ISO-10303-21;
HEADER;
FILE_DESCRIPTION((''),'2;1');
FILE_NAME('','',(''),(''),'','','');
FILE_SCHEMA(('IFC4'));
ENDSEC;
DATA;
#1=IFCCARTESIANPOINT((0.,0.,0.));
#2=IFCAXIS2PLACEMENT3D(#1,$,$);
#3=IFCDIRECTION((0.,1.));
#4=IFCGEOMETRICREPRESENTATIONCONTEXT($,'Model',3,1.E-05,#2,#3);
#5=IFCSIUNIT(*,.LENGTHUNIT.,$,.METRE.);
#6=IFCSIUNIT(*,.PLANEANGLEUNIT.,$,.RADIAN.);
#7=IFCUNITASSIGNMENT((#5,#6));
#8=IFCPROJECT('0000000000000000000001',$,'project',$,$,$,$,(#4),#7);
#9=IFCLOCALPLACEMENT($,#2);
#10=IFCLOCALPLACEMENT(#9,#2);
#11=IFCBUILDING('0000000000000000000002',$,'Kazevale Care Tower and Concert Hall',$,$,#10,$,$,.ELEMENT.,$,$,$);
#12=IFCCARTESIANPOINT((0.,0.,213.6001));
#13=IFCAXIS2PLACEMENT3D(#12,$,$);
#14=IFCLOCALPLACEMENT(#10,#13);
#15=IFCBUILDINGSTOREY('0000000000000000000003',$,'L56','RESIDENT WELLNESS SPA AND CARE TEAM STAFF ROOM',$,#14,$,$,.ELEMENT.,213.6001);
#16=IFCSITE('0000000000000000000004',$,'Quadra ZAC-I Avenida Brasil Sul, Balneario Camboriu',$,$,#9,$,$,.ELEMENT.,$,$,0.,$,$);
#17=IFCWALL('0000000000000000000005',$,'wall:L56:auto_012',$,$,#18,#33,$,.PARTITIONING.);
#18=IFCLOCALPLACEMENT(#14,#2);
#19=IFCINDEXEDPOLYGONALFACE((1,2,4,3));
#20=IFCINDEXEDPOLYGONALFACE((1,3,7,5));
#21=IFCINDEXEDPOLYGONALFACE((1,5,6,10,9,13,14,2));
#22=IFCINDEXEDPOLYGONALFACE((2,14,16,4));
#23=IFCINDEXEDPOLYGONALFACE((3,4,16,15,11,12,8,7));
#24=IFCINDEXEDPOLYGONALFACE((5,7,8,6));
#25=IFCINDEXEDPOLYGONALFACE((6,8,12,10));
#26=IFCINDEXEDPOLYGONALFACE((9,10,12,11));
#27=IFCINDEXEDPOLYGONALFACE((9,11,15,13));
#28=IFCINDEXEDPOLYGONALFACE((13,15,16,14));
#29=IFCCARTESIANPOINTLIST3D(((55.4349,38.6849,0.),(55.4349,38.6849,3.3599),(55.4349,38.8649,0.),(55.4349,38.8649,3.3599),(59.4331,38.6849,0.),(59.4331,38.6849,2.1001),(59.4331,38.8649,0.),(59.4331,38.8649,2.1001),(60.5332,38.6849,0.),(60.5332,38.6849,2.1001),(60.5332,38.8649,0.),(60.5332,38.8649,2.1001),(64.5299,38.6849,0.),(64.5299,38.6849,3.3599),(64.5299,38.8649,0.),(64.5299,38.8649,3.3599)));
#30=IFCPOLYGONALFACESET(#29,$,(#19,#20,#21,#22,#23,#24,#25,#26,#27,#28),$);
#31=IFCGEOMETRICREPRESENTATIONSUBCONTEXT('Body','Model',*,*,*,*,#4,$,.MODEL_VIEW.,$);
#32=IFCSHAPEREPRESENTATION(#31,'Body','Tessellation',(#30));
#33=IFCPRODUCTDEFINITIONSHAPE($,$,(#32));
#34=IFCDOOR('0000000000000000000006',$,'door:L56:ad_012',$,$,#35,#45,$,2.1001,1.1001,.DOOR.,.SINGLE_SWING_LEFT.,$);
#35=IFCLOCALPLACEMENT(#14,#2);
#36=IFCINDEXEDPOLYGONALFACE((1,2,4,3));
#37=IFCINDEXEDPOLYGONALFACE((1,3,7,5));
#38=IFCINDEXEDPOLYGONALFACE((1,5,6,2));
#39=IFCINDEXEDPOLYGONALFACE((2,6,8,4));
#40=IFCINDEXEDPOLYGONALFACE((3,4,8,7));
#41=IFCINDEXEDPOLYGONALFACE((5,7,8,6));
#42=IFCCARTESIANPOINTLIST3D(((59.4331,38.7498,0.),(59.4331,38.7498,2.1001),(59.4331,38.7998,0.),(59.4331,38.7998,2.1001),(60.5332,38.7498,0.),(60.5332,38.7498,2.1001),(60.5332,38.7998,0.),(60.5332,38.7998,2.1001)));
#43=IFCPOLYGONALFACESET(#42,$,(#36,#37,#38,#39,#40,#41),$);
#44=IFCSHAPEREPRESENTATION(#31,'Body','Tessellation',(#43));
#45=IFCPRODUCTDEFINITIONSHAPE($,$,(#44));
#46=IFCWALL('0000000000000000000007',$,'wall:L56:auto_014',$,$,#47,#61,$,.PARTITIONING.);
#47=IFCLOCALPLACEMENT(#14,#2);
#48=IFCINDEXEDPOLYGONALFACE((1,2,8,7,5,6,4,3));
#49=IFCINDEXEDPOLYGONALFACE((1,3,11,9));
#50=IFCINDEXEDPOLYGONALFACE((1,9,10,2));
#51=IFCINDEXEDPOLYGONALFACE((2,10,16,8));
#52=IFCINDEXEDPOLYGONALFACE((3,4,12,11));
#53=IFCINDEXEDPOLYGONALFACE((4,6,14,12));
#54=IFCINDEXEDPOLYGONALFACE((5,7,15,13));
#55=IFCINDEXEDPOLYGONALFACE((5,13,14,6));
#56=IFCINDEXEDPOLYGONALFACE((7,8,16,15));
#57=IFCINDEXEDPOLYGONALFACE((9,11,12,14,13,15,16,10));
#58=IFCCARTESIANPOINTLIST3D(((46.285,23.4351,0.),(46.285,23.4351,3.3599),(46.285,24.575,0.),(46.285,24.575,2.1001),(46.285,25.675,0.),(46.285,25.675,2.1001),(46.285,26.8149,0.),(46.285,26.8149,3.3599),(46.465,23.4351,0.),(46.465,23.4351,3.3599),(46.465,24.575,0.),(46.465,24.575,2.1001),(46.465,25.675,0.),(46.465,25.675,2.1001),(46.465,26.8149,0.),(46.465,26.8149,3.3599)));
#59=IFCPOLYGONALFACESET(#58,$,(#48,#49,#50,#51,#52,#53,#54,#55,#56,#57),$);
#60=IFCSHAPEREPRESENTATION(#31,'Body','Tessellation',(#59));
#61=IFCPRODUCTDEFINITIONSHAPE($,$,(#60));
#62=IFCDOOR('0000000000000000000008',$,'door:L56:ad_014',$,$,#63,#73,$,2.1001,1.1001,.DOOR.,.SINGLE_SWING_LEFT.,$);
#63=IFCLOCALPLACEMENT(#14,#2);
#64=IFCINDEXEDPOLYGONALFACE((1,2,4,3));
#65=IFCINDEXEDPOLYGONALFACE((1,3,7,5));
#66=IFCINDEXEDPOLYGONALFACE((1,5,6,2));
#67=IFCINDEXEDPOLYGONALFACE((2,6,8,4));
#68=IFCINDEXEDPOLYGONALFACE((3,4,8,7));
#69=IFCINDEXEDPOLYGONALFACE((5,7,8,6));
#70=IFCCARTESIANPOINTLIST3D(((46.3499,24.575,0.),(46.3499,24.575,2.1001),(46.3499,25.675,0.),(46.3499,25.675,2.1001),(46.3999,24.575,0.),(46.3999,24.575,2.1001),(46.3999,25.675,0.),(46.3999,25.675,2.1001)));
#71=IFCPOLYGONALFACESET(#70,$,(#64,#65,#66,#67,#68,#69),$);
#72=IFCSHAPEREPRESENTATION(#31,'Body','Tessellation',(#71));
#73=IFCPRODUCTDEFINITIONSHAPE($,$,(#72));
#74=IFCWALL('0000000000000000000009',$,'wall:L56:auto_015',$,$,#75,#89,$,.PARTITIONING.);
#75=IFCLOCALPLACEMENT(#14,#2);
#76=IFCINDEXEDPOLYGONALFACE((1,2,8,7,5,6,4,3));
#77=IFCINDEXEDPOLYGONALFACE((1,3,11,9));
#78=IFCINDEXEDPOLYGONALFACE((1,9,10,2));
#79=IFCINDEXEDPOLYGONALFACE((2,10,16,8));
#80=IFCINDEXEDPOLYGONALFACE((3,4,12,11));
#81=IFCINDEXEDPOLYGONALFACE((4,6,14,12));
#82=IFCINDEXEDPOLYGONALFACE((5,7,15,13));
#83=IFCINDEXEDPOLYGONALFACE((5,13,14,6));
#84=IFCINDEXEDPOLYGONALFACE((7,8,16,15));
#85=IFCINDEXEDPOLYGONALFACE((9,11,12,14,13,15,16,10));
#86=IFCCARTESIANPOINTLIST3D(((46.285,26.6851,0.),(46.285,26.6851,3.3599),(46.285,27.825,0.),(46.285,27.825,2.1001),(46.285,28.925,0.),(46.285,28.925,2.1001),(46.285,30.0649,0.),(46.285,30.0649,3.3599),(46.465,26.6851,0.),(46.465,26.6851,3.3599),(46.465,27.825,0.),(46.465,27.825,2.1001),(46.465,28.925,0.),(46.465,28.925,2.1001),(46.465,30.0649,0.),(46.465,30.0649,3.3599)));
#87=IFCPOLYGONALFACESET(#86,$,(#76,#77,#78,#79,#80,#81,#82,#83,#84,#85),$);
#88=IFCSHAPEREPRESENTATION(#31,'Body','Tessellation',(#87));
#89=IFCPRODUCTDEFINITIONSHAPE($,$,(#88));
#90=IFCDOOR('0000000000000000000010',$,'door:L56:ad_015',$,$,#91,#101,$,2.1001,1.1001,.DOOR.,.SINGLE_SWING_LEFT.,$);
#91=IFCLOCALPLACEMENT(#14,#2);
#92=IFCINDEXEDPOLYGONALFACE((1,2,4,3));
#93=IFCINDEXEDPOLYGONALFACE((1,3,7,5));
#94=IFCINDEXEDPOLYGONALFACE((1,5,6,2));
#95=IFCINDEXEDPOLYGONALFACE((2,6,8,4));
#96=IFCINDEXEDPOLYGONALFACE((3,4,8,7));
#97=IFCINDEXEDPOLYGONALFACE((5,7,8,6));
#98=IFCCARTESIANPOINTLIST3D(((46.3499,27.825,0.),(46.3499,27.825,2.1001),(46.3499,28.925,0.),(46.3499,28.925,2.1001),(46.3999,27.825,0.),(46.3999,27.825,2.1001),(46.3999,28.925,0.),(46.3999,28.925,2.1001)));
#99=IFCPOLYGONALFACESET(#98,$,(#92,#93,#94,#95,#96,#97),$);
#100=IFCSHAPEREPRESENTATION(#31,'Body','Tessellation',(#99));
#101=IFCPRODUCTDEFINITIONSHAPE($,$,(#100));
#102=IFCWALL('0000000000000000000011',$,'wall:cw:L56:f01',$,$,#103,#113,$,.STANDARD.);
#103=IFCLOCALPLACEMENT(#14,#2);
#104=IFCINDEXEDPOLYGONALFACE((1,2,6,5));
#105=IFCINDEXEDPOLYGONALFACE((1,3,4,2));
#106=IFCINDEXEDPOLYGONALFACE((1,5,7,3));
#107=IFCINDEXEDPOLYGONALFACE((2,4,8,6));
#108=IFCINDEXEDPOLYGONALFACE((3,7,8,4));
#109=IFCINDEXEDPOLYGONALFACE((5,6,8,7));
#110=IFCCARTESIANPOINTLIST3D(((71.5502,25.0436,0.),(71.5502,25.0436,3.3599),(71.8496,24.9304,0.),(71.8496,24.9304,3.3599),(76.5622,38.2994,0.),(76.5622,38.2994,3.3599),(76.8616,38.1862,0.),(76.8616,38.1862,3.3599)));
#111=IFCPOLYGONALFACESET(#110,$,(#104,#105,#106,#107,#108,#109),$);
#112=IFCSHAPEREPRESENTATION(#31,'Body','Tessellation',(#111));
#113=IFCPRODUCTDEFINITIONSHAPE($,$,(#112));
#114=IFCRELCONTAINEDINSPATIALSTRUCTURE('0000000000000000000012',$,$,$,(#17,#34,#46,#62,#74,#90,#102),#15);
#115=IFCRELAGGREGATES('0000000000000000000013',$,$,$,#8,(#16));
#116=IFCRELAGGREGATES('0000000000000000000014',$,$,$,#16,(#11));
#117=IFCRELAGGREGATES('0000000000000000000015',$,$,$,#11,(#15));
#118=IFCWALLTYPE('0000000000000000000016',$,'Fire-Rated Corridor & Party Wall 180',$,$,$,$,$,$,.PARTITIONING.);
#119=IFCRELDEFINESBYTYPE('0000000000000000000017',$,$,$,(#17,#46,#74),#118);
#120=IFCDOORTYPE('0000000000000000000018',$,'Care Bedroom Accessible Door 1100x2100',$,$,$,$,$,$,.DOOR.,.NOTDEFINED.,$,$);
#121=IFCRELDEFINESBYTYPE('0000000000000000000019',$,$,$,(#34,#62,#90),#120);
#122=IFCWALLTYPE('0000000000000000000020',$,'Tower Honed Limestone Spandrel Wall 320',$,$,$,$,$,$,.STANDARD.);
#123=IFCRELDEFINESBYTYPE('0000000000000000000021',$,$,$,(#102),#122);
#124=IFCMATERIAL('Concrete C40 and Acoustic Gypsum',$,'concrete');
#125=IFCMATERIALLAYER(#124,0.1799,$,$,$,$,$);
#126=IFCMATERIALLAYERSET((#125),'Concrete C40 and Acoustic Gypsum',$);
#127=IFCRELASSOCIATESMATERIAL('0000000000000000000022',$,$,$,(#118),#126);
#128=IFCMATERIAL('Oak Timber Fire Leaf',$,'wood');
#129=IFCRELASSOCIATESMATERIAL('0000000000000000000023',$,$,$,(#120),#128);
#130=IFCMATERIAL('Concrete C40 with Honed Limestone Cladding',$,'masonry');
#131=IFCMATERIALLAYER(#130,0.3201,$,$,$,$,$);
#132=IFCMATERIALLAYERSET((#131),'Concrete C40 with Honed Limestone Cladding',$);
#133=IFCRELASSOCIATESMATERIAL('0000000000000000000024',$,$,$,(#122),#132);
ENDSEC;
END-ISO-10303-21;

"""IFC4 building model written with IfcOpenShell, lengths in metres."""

from ifc_helpers import new_model, si_unit, direction, frame, frame_2d, origin, place, context, subcontext, project, spatial, rectangle, extrude, material, layer, layer_set, type_object, element, fill, save


model = new_model("IFC4")

# Units and contexts
model_context = context("Model", 3, precision=1e-05, world=origin(), true_north=direction((0.0, 1.0)))
body_context = subcontext(model_context, "Body", "Model", "MODEL_VIEW")
ifc_project = project(units=[si_unit("LENGTHUNIT", "METRE"), si_unit("PLANEANGLEUNIT", "RADIAN")], contexts=[model_context])

# Site, building, storey
site_placement = place(None, origin())
site = spatial("IfcSite", under=ifc_project, at=site_placement, Name="Quadra ZAC-I Avenida Brasil Sul, Balneario Camboriu", CompositionType="ELEMENT", RefElevation=0.0)
building_placement = place(site_placement, origin())
building = spatial("IfcBuilding", under=site, at=building_placement, Name="Kazevale Care Tower and Concert Hall", CompositionType="ELEMENT")
storey_placement = place(building_placement, frame((0.0, 0.0, 213.6001)))
storey = spatial("IfcBuildingStorey", under=building, at=storey_placement, Name="L56", Description="RESIDENT WELLNESS SPA AND CARE TEAM STAFF ROOM", CompositionType="ELEMENT", Elevation=213.6001)

# Walls, openings, doors
ifc_material_1 = material(Name="Concrete C40 and Acoustic Gypsum", Category="concrete")
ifc_layer_1 = layer(ifc_material_1, 0.1799)
ifc_layer_set_1 = layer_set([ifc_layer_1], Name="Concrete C40 and Acoustic Gypsum")
wall_type_1 = type_object("IfcWallType", Name="Fire-Rated Corridor & Party Wall 180", PredefinedType="PARTITIONING", material=ifc_layer_set_1)
ifc_material_2 = material(Name="Oak Timber Fire Leaf", Category="wood")
door_type = type_object("IfcDoorType", Name="Care Bedroom Accessible Door 1100x2100", OperationType="NOTDEFINED", PredefinedType="DOOR", material=ifc_material_2)
wall_1_placement = place(storey_placement, frame((55.4351, 38.7749, 0.0), z_axis=(0.0, 0.0, 1.0), x_axis=(1.0, 0.0, 0.0)))
wall_1 = element("IfcWall", 1, at=wall_1_placement, inside=storey, type_object=wall_type_1, Name="wall:L56:auto_012", PredefinedType="PARTITIONING", context=body_context, shape_type="SweptSolid", body=[
    extrude(rectangle(XDim=9.095, YDim=0.1799, at=frame_2d((4.5474, 0.0))), origin(), (0.0, 0.0, 1.0), 3.3599),
])
opening_1_placement = place(wall_1_placement, frame((3.998, 0.0, 0.0)))
opening_1 = element("IfcOpeningElement", 2, at=opening_1_placement, cuts=wall_1, PredefinedType="OPENING", context=body_context, shape_type="SweptSolid", body=[
    extrude(rectangle(XDim=1.1001, YDim=2.1001, at=frame_2d((0.55, 1.05))), frame((0.0, 0.0999, 0.0), z_axis=(0.0, -1.0, 0.0), x_axis=(1.0, 0.0, 0.0)), (0.0, 0.0, 1.0), 0.2),
])
door_1_placement = place(opening_1_placement, origin())
door_1 = element("IfcDoor", 3, at=door_1_placement, inside=storey, type_object=door_type, Name="door:L56:ad_012", OperationType="SINGLE_SWING_LEFT", OverallHeight=2.1001, OverallWidth=1.1001, PredefinedType="DOOR", context=body_context, shape_type="SweptSolid", body=[
    extrude(rectangle(XDim=1.1001, YDim=2.1001, at=frame_2d((0.55, 1.05))), frame((0.0, 0.0249, 0.0), z_axis=(0.0, -1.0, 0.0), x_axis=(1.0, 0.0, 0.0)), (0.0, 0.0, 1.0), 0.05),
])
fill(opening_1, door_1)
wall_2_placement = place(storey_placement, frame((46.375, 26.8149, 0.0), z_axis=(0.0, 0.0, 1.0), x_axis=(0.0, -1.0, 0.0)))
wall_2 = element("IfcWall", 4, at=wall_2_placement, inside=storey, type_object=wall_type_1, Name="wall:L56:auto_014", PredefinedType="PARTITIONING", context=body_context, shape_type="SweptSolid", body=[
    extrude(rectangle(XDim=3.3799, YDim=0.1799, at=frame_2d((1.6899, 0.0))), origin(), (0.0, 0.0, 1.0), 3.3599),
])
opening_2_placement = place(wall_2_placement, frame((1.1399, 0.0, 0.0)))
opening_2 = element("IfcOpeningElement", 5, at=opening_2_placement, cuts=wall_2, PredefinedType="OPENING", context=body_context, shape_type="SweptSolid", body=[
    extrude(rectangle(XDim=1.1001, YDim=2.1001, at=frame_2d((0.55, 1.05))), frame((0.0, 0.0999, 0.0), z_axis=(0.0, -1.0, 0.0), x_axis=(1.0, 0.0, 0.0)), (0.0, 0.0, 1.0), 0.2),
])
door_2_placement = place(opening_2_placement, origin())
door_2 = element("IfcDoor", 6, at=door_2_placement, inside=storey, type_object=door_type, Name="door:L56:ad_014", OperationType="SINGLE_SWING_LEFT", OverallHeight=2.1001, OverallWidth=1.1001, PredefinedType="DOOR", context=body_context, shape_type="SweptSolid", body=[
    extrude(rectangle(XDim=1.1001, YDim=2.1001, at=frame_2d((0.55, 1.05))), frame((0.0, 0.0249, 0.0), z_axis=(0.0, -1.0, 0.0), x_axis=(1.0, 0.0, 0.0)), (0.0, 0.0, 1.0), 0.05),
])
fill(opening_2, door_2)
wall_3_placement = place(storey_placement, frame((46.375, 30.0649, 0.0), z_axis=(0.0, 0.0, 1.0), x_axis=(0.0, -1.0, 0.0)))
wall_3 = element("IfcWall", 7, at=wall_3_placement, inside=storey, type_object=wall_type_1, Name="wall:L56:auto_015", PredefinedType="PARTITIONING", context=body_context, shape_type="SweptSolid", body=[
    extrude(rectangle(XDim=3.3799, YDim=0.1799, at=frame_2d((1.6899, 0.0))), origin(), (0.0, 0.0, 1.0), 3.3599),
])
opening_3_placement = place(wall_3_placement, frame((1.1399, 0.0, 0.0)))
opening_3 = element("IfcOpeningElement", 8, at=opening_3_placement, cuts=wall_3, PredefinedType="OPENING", context=body_context, shape_type="SweptSolid", body=[
    extrude(rectangle(XDim=1.1001, YDim=2.1001, at=frame_2d((0.55, 1.05))), frame((0.0, 0.0999, 0.0), z_axis=(0.0, -1.0, 0.0), x_axis=(1.0, 0.0, 0.0)), (0.0, 0.0, 1.0), 0.2),
])
door_3_placement = place(opening_3_placement, origin())
door_3 = element("IfcDoor", 9, at=door_3_placement, inside=storey, type_object=door_type, Name="door:L56:ad_015", OperationType="SINGLE_SWING_LEFT", OverallHeight=2.1001, OverallWidth=1.1001, PredefinedType="DOOR", context=body_context, shape_type="SweptSolid", body=[
    extrude(rectangle(XDim=1.1001, YDim=2.1001, at=frame_2d((0.55, 1.05))), frame((0.0, 0.0249, 0.0), z_axis=(0.0, -1.0, 0.0), x_axis=(1.0, 0.0, 0.0)), (0.0, 0.0, 1.0), 0.05),
])
fill(opening_3, door_3)

# Wall
ifc_material_3 = material(Name="Concrete C40 with Honed Limestone Cladding", Category="masonry")
ifc_layer_2 = layer(ifc_material_3, 0.3201)
ifc_layer_set_2 = layer_set([ifc_layer_2], Name="Concrete C40 with Honed Limestone Cladding")
wall_type_2 = type_object("IfcWallType", Name="Tower Honed Limestone Spandrel Wall 320", PredefinedType="STANDARD", material=ifc_layer_set_2)
wall_4_placement = place(storey_placement, frame((76.7119, 38.2429, 0.0), z_axis=(0.0, 0.0, 1.0), x_axis=(-0.35366, -0.935374, 0.0)))
element("IfcWall", 10, at=wall_4_placement, inside=storey, type_object=wall_type_2, Name="wall:cw:L56:f01", PredefinedType="STANDARD", context=body_context, shape_type="SweptSolid", body=[
    extrude(rectangle(XDim=14.1716, YDim=0.3201, at=frame_2d((7.0859, 0.0))), origin(), (0.0, 0.0, 1.0), 3.3599),
])

save(model, "model.ifc")
